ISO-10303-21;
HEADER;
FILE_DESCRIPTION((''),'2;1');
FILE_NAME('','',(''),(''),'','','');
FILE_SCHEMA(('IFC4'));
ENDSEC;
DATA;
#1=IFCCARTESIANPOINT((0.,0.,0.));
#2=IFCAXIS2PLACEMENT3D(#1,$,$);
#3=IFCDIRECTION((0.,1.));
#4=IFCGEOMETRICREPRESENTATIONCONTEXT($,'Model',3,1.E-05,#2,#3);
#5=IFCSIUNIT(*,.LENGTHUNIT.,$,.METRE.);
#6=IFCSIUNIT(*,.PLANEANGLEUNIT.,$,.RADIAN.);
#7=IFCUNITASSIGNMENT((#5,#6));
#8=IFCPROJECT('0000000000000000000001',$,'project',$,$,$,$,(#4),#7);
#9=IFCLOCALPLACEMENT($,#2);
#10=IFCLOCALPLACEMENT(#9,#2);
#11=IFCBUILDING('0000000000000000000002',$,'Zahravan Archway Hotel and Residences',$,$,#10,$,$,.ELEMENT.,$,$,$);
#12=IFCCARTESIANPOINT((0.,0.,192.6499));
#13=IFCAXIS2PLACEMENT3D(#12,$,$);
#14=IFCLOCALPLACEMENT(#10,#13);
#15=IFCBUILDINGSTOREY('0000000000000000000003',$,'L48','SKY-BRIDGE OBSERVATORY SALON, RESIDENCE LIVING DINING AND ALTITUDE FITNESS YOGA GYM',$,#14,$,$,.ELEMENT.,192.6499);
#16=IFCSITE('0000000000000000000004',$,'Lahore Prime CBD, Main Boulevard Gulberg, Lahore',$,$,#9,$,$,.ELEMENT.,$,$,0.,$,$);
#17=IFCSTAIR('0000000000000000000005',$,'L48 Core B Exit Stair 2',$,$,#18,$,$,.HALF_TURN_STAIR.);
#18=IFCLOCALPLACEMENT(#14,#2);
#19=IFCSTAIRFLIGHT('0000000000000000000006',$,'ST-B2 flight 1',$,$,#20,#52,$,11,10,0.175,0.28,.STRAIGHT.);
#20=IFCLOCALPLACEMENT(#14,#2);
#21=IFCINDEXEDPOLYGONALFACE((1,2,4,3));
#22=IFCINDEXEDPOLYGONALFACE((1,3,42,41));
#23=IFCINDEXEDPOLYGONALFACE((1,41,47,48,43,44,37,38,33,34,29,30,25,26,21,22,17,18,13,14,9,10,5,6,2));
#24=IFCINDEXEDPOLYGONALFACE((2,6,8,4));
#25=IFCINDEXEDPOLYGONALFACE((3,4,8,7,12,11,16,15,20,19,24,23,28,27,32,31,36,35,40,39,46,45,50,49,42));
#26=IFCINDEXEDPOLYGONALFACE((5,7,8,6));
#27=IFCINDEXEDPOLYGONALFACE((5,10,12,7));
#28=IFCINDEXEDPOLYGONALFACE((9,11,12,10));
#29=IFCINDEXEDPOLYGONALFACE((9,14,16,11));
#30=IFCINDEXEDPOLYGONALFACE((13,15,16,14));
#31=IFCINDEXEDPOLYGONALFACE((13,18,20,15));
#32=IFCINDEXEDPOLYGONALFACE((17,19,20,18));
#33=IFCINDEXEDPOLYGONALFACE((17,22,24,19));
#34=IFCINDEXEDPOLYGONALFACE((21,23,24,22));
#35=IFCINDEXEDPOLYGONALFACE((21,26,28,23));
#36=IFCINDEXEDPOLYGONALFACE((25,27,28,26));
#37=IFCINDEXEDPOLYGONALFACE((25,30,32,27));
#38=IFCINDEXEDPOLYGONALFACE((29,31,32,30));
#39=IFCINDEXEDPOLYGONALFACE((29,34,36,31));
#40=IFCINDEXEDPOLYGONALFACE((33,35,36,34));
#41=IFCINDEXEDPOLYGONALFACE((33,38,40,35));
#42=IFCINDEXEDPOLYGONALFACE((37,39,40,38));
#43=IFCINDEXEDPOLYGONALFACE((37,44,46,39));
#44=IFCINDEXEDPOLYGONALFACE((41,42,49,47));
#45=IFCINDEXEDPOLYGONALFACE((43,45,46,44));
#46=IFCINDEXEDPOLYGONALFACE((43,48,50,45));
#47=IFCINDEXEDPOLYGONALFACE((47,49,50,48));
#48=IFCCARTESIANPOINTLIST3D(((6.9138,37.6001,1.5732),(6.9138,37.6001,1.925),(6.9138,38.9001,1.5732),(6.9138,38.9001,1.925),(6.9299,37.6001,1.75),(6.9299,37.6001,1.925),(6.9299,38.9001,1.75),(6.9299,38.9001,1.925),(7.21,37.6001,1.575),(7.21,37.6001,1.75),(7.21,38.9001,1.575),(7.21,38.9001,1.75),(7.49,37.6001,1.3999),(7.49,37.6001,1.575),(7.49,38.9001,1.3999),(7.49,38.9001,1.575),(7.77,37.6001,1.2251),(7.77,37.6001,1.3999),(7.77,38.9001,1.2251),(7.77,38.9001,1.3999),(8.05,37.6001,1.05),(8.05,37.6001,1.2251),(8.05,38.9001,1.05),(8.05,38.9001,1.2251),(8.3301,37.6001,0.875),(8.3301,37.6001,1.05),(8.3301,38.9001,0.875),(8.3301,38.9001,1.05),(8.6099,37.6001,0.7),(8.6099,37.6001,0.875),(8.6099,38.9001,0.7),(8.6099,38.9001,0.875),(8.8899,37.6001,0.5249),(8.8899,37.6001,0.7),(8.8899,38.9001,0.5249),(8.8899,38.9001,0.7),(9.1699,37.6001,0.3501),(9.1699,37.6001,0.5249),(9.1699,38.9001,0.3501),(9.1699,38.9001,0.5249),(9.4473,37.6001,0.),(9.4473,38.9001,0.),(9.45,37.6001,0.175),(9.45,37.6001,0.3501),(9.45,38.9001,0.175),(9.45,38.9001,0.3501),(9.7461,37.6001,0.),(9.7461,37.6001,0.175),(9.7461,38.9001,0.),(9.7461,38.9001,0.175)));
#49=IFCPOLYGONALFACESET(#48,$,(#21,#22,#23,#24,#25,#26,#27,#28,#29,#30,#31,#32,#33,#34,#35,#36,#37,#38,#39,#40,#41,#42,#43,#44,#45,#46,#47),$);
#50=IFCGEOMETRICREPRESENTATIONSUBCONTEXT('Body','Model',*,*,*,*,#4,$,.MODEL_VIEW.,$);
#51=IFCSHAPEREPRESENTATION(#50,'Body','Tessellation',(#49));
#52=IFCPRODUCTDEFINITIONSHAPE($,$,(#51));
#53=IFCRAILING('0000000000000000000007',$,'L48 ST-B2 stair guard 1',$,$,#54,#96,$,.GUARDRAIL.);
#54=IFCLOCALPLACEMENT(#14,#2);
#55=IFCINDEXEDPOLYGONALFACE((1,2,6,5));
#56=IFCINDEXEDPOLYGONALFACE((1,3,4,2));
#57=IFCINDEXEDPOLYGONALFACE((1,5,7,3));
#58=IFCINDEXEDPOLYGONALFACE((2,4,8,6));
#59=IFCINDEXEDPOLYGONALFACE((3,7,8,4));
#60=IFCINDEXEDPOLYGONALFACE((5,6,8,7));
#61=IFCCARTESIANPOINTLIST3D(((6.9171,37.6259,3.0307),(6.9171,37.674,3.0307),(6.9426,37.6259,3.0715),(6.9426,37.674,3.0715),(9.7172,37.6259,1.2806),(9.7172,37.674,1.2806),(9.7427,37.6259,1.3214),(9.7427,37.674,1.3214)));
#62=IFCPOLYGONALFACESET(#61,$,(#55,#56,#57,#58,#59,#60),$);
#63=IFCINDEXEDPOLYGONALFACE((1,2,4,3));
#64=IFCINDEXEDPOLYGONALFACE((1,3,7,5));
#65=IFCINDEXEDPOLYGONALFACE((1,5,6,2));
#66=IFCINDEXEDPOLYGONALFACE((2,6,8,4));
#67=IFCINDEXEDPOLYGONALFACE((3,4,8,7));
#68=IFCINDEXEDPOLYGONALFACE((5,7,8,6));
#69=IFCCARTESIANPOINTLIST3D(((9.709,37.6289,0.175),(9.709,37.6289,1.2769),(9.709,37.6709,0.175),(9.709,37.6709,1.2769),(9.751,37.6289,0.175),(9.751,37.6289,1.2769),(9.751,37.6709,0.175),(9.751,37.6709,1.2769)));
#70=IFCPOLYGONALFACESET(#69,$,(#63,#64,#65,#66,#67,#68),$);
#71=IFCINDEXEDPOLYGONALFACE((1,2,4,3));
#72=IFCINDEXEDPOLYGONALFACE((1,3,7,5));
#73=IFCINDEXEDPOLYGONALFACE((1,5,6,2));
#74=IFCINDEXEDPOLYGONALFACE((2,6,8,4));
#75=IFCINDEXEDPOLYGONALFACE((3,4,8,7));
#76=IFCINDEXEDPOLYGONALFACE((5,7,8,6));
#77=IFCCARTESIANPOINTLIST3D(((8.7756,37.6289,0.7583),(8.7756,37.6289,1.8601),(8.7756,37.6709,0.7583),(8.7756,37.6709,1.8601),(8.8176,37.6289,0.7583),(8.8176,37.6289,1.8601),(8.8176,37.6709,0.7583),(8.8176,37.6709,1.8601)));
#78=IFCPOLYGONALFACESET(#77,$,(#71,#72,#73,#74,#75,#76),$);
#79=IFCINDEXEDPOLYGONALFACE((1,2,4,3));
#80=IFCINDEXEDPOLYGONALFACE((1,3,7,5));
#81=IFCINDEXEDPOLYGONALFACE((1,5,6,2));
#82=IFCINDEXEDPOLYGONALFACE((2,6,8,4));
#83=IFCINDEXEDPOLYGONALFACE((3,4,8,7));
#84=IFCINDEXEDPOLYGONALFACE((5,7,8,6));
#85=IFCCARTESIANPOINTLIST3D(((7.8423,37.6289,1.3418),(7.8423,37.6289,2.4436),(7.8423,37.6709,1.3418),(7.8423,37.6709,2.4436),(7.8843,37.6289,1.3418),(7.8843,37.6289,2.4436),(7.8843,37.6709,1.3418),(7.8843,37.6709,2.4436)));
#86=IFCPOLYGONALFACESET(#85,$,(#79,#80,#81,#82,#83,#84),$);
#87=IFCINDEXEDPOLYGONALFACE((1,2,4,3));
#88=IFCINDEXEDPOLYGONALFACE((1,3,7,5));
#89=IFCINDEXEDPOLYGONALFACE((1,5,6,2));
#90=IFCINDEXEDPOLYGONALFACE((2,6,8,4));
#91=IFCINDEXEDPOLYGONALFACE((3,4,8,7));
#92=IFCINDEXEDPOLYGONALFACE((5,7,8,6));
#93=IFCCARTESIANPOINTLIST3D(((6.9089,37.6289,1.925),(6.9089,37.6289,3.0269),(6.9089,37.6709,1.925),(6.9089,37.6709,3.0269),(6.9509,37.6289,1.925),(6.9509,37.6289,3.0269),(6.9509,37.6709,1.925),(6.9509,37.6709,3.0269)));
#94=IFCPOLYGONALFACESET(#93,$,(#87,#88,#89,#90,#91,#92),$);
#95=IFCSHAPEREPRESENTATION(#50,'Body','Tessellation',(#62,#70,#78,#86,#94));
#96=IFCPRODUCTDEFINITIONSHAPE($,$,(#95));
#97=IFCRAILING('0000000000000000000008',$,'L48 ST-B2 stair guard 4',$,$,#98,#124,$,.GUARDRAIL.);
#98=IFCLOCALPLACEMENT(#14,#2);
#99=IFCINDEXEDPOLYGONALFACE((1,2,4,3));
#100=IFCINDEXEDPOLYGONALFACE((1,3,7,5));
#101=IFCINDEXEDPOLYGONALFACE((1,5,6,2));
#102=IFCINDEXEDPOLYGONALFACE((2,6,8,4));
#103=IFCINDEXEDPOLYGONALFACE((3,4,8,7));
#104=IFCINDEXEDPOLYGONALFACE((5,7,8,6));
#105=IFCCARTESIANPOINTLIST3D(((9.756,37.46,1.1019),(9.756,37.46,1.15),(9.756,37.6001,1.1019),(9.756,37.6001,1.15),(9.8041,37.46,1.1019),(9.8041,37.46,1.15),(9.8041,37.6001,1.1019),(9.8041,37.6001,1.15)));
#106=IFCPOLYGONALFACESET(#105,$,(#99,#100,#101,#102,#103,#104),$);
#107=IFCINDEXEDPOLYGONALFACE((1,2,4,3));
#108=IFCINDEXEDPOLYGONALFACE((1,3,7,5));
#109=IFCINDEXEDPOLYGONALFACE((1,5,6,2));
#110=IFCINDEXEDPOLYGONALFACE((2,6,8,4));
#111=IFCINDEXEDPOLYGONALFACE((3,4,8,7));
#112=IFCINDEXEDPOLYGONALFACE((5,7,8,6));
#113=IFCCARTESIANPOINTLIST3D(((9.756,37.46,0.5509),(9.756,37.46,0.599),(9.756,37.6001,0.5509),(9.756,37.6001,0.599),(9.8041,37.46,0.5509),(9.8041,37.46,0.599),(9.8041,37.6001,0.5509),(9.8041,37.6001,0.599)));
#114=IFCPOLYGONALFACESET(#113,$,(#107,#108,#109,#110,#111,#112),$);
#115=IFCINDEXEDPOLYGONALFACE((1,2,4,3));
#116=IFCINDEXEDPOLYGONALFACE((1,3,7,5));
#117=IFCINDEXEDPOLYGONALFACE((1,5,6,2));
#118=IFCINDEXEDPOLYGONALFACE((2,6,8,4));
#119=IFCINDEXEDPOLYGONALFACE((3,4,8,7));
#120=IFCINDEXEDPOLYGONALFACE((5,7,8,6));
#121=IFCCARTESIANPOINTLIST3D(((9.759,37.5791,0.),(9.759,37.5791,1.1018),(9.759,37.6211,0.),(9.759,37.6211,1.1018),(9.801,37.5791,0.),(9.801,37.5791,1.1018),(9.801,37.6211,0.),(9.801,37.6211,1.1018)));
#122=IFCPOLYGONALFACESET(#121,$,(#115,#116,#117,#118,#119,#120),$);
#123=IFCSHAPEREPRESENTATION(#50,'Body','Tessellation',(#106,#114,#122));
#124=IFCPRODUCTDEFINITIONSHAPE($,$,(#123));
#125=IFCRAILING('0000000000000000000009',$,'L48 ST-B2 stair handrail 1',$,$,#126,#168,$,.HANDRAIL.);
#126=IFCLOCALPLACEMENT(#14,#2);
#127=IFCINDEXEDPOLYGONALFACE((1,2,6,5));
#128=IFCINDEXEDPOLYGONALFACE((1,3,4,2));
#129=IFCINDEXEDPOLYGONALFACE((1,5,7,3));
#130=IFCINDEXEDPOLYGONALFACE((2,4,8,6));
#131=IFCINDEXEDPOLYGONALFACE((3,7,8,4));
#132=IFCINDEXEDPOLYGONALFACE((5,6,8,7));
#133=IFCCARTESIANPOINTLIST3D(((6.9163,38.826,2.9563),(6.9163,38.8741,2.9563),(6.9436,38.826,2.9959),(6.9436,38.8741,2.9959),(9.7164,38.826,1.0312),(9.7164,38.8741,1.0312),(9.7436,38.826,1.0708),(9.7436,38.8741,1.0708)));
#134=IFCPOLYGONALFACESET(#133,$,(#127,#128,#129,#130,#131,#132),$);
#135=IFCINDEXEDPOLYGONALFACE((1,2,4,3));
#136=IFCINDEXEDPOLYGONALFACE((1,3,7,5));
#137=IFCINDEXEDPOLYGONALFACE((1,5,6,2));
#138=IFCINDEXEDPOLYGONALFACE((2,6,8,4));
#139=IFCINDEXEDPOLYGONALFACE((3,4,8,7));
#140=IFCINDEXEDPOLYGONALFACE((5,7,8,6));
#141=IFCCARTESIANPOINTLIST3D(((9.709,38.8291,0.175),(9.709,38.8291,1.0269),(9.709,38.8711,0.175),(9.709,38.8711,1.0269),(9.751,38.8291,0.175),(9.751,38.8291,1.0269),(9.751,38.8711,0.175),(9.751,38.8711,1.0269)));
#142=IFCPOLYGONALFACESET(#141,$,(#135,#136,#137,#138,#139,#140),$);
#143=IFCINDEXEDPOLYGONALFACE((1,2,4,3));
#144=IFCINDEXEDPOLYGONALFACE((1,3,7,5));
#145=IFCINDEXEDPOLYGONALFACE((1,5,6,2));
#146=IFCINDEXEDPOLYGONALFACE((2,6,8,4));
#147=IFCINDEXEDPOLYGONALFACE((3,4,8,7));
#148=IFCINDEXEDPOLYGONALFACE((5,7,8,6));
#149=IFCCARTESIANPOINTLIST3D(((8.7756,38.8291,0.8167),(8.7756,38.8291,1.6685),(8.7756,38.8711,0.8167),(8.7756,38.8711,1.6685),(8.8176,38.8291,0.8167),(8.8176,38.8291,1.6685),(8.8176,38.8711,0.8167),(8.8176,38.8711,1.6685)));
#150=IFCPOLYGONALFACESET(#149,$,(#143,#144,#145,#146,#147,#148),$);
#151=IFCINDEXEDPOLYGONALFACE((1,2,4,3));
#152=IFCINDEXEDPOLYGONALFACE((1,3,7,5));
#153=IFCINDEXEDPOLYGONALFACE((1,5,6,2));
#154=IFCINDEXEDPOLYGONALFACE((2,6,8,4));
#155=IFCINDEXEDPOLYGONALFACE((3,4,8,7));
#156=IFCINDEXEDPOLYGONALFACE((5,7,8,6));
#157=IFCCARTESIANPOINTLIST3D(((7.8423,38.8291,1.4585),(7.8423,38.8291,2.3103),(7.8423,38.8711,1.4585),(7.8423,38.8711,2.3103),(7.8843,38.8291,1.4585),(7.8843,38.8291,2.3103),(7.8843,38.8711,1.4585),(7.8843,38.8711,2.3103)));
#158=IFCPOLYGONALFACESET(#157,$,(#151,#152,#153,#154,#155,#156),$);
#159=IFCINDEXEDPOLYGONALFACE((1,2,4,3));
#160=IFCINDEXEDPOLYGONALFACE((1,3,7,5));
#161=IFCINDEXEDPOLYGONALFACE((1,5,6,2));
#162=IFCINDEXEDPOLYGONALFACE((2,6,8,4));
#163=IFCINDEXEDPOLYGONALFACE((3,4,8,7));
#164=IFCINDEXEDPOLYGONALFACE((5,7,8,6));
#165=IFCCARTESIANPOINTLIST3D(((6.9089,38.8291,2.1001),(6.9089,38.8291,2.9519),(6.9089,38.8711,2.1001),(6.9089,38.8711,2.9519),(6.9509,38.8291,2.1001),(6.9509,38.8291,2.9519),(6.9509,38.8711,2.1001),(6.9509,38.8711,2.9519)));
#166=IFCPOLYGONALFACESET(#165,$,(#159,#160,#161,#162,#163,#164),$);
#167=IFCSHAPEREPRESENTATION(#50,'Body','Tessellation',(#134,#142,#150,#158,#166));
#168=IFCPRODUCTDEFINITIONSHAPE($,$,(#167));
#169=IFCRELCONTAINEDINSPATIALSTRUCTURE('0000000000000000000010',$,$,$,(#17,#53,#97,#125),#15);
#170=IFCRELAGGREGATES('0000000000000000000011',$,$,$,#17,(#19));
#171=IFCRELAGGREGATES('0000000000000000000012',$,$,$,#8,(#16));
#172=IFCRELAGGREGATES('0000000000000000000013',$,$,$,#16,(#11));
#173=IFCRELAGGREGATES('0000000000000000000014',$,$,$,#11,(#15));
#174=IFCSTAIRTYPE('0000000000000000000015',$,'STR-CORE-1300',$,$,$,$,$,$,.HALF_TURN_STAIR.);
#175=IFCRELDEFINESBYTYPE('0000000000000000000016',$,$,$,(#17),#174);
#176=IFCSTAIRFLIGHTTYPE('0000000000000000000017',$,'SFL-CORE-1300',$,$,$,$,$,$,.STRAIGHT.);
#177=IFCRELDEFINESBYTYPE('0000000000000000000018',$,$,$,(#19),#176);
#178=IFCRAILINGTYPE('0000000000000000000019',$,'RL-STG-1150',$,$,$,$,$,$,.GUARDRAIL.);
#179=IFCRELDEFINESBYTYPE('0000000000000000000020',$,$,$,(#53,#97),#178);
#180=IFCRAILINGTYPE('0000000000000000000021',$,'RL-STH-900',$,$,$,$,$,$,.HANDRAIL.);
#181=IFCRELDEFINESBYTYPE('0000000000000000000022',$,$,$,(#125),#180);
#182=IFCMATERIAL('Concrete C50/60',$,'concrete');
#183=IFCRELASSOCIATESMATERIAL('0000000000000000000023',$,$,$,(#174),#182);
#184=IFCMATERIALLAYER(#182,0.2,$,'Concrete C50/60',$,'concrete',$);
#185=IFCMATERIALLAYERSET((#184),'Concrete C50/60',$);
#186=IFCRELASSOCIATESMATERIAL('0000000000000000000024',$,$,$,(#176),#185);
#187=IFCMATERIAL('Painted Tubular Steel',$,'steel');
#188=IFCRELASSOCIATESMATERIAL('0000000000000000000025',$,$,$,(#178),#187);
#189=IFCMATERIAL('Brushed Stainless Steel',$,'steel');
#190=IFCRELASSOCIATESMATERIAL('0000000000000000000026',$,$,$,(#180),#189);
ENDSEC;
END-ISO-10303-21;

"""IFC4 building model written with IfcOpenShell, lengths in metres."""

from ifc_helpers import new_model, si_unit, direction, frame, origin, origin_2d, place, context, subcontext, project, spatial, polyline, rectangle, outline, extrude, source, transform, mapped, material, layer, layer_set, type_object, element, aggregate, save


model = new_model("IFC4")

# Units and contexts
model_context = context("Model", 3, precision=1e-05, world=origin(), true_north=direction((0.0, 1.0)))
body_context = subcontext(model_context, "Body", "Model", "MODEL_VIEW")
ifc_project = project(units=[si_unit("LENGTHUNIT", "METRE"), si_unit("PLANEANGLEUNIT", "RADIAN")], contexts=[model_context])

# Site, building, storey
site_placement = place(None, origin())
site = spatial("IfcSite", under=ifc_project, at=site_placement, Name="Lahore Prime CBD, Main Boulevard Gulberg, Lahore", CompositionType="ELEMENT", RefElevation=0.0)
building_placement = place(site_placement, origin())
building = spatial("IfcBuilding", under=site, at=building_placement, Name="Zahravan Archway Hotel and Residences", CompositionType="ELEMENT")
storey_placement = place(building_placement, frame((0.0, 0.0, 192.6499)))
storey = spatial("IfcBuildingStorey", under=building, at=storey_placement, Name="L48", Description="SKY-BRIDGE OBSERVATORY SALON, RESIDENCE LIVING DINING AND ALTITUDE FITNESS YOGA GYM", CompositionType="ELEMENT", Elevation=192.6499)

# Shared definitions
ifc_material_1 = material(Name="Concrete C50/60", Category="concrete")

# Stair, stair flight
stair_type = type_object("IfcStairType", Name="STR-CORE-1300", PredefinedType="HALF_TURN_STAIR", material=ifc_material_1)
stair_placement = place(storey_placement, origin())
stair = element("IfcStair", 1, at=stair_placement, inside=storey, type_object=stair_type, Name="L48 Core B Exit Stair 2", PredefinedType="HALF_TURN_STAIR")
ifc_layer_1 = layer(ifc_material_1, 0.2, Name="Concrete C50/60", Category="concrete")
ifc_layer_set_1 = layer_set([ifc_layer_1], Name="Concrete C50/60")
stair_flight_type = type_object("IfcStairFlightType", Name="SFL-CORE-1300", PredefinedType="STRAIGHT", material=ifc_layer_set_1)
shared_shape_1 = source(origin(), body_context, "Body", "SweptSolid", [
    extrude(outline(polyline([(-0.0161, 0.0), (-0.0161, 0.175), (0.28, 0.175), (0.28, 0.3501), (0.5601, 0.3501), (0.5601, 0.5249), (0.8401, 0.5249), (0.8401, 0.7), (1.1201, 0.7), (1.1201, 0.875), (1.3999, 0.875), (1.3999, 1.05), (1.6799, 1.05), (1.6799, 1.2251), (1.96, 1.2251), (1.96, 1.3999), (2.24, 1.3999), (2.24, 1.575), (2.52, 1.575), (2.52, 1.75), (2.8, 1.75), (2.8, 1.925), (2.8162, 1.925), (2.8162, 1.5732), (0.2827, 0.0), (-0.0161, 0.0)])), frame((0.0, 0.6499, 0.0), z_axis=(0.0, -1.0, 0.0), x_axis=(1.0, 0.0, 0.0)), (0.0, 0.0, 1.0), 1.3),
])
stair_flight_placement = place(storey_placement, frame((9.73, 38.25, 0.0), z_axis=(0.0, 0.0, 1.0), x_axis=(-1.0, 0.0, 0.0)))
stair_flight = element("IfcStairFlight", 2, at=stair_flight_placement, type_object=stair_flight_type, Name="ST-B2 flight 1", NumberOfRisers=11, NumberOfTreads=10, PredefinedType="STRAIGHT", RiserHeight=0.175, TreadLength=0.28, context=body_context, shape_type="MappedRepresentation", body=[
    mapped(shared_shape_1, transform((0.0, 0.0, 0.0), scale=1.0)),
])
aggregate(stair, [stair_flight])

# Railings
ifc_material_2 = material(Name="Painted Tubular Steel", Category="steel")
railing_type_1 = type_object("IfcRailingType", Name="RL-STG-1150", PredefinedType="GUARDRAIL", material=ifc_material_2)
railing_1_placement = place(storey_placement, frame((9.73, 37.6499, 0.175)))
element("IfcRailing", 3, at=railing_1_placement, inside=storey, type_object=railing_type_1, Name="L48 ST-B2 stair guard 1", PredefinedType="GUARDRAIL", context=body_context, shape_type="SweptSolid", body=[
    extrude(rectangle(XDim=0.0481, YDim=0.0481, at=origin_2d()), frame((0.0, 0.0, 1.126), z_axis=(-0.848002, 0.0, 0.529992), x_axis=(0.0, -1.0, 0.0)), (0.0, 0.0, 1.0), 3.302),
    extrude(rectangle(XDim=0.042, YDim=0.042, at=origin_2d()), origin(), (0.0, 0.0, 1.0), 1.1018),
    extrude(rectangle(XDim=0.042, YDim=0.042, at=origin_2d()), frame((-0.9333, 0.0, 0.5833)), (0.0, 0.0, 1.0), 1.1018),
    extrude(rectangle(XDim=0.042, YDim=0.042, at=origin_2d()), frame((-1.8667, 0.0, 1.1667)), (0.0, 0.0, 1.0), 1.1018),
    extrude(rectangle(XDim=0.042, YDim=0.042, at=origin_2d()), frame((-2.8, 0.0, 1.75)), (0.0, 0.0, 1.0), 1.1018),
])
railing_2_placement = place(storey_placement, frame((9.78, 37.6001, 0.0)))
element("IfcRailing", 4, at=railing_2_placement, inside=storey, type_object=railing_type_1, Name="L48 ST-B2 stair guard 4", PredefinedType="GUARDRAIL", context=body_context, shape_type="SweptSolid", body=[
    extrude(rectangle(XDim=0.0481, YDim=0.0481, at=origin_2d()), frame((0.0, 0.0, 1.126), z_axis=(0.0, -1.0, 0.0), x_axis=(1.0, 0.0, 0.0)), (0.0, 0.0, 1.0), 0.1401),
    extrude(rectangle(XDim=0.0481, YDim=0.0481, at=origin_2d()), frame((0.0, 0.0, 0.575), z_axis=(0.0, -1.0, 0.0), x_axis=(1.0, 0.0, 0.0)), (0.0, 0.0, 1.0), 0.1401),
    extrude(rectangle(XDim=0.042, YDim=0.042, at=origin_2d()), origin(), (0.0, 0.0, 1.0), 1.1018),
])
ifc_material_3 = material(Name="Brushed Stainless Steel", Category="steel")
railing_type_2 = type_object("IfcRailingType", Name="RL-STH-900", PredefinedType="HANDRAIL", material=ifc_material_3)
railing_3_placement = place(storey_placement, frame((9.73, 38.8501, 0.175)))
element("IfcRailing", 5, at=railing_3_placement, inside=storey, type_object=railing_type_2, Name="L48 ST-B2 stair handrail 1", PredefinedType="HANDRAIL", context=body_context, shape_type="SweptSolid", body=[
    extrude(rectangle(XDim=0.0481, YDim=0.0481, at=origin_2d()), frame((0.0, 0.0, 0.876), z_axis=(-0.82404, 0.0, 0.566532), x_axis=(0.0, -1.0, 0.0)), (0.0, 0.0, 1.0), 3.3979),
    extrude(rectangle(XDim=0.042, YDim=0.042, at=origin_2d()), origin(), (0.0, 0.0, 1.0), 0.8518),
    extrude(rectangle(XDim=0.042, YDim=0.042, at=origin_2d()), frame((-0.9333, 0.0, 0.6416)), (0.0, 0.0, 1.0), 0.8518),
    extrude(rectangle(XDim=0.042, YDim=0.042, at=origin_2d()), frame((-1.8667, 0.0, 1.2834)), (0.0, 0.0, 1.0), 0.8518),
    extrude(rectangle(XDim=0.042, YDim=0.042, at=origin_2d()), frame((-2.8, 0.0, 1.925)), (0.0, 0.0, 1.0), 0.8518),
])

save(model, "model.ifc")
